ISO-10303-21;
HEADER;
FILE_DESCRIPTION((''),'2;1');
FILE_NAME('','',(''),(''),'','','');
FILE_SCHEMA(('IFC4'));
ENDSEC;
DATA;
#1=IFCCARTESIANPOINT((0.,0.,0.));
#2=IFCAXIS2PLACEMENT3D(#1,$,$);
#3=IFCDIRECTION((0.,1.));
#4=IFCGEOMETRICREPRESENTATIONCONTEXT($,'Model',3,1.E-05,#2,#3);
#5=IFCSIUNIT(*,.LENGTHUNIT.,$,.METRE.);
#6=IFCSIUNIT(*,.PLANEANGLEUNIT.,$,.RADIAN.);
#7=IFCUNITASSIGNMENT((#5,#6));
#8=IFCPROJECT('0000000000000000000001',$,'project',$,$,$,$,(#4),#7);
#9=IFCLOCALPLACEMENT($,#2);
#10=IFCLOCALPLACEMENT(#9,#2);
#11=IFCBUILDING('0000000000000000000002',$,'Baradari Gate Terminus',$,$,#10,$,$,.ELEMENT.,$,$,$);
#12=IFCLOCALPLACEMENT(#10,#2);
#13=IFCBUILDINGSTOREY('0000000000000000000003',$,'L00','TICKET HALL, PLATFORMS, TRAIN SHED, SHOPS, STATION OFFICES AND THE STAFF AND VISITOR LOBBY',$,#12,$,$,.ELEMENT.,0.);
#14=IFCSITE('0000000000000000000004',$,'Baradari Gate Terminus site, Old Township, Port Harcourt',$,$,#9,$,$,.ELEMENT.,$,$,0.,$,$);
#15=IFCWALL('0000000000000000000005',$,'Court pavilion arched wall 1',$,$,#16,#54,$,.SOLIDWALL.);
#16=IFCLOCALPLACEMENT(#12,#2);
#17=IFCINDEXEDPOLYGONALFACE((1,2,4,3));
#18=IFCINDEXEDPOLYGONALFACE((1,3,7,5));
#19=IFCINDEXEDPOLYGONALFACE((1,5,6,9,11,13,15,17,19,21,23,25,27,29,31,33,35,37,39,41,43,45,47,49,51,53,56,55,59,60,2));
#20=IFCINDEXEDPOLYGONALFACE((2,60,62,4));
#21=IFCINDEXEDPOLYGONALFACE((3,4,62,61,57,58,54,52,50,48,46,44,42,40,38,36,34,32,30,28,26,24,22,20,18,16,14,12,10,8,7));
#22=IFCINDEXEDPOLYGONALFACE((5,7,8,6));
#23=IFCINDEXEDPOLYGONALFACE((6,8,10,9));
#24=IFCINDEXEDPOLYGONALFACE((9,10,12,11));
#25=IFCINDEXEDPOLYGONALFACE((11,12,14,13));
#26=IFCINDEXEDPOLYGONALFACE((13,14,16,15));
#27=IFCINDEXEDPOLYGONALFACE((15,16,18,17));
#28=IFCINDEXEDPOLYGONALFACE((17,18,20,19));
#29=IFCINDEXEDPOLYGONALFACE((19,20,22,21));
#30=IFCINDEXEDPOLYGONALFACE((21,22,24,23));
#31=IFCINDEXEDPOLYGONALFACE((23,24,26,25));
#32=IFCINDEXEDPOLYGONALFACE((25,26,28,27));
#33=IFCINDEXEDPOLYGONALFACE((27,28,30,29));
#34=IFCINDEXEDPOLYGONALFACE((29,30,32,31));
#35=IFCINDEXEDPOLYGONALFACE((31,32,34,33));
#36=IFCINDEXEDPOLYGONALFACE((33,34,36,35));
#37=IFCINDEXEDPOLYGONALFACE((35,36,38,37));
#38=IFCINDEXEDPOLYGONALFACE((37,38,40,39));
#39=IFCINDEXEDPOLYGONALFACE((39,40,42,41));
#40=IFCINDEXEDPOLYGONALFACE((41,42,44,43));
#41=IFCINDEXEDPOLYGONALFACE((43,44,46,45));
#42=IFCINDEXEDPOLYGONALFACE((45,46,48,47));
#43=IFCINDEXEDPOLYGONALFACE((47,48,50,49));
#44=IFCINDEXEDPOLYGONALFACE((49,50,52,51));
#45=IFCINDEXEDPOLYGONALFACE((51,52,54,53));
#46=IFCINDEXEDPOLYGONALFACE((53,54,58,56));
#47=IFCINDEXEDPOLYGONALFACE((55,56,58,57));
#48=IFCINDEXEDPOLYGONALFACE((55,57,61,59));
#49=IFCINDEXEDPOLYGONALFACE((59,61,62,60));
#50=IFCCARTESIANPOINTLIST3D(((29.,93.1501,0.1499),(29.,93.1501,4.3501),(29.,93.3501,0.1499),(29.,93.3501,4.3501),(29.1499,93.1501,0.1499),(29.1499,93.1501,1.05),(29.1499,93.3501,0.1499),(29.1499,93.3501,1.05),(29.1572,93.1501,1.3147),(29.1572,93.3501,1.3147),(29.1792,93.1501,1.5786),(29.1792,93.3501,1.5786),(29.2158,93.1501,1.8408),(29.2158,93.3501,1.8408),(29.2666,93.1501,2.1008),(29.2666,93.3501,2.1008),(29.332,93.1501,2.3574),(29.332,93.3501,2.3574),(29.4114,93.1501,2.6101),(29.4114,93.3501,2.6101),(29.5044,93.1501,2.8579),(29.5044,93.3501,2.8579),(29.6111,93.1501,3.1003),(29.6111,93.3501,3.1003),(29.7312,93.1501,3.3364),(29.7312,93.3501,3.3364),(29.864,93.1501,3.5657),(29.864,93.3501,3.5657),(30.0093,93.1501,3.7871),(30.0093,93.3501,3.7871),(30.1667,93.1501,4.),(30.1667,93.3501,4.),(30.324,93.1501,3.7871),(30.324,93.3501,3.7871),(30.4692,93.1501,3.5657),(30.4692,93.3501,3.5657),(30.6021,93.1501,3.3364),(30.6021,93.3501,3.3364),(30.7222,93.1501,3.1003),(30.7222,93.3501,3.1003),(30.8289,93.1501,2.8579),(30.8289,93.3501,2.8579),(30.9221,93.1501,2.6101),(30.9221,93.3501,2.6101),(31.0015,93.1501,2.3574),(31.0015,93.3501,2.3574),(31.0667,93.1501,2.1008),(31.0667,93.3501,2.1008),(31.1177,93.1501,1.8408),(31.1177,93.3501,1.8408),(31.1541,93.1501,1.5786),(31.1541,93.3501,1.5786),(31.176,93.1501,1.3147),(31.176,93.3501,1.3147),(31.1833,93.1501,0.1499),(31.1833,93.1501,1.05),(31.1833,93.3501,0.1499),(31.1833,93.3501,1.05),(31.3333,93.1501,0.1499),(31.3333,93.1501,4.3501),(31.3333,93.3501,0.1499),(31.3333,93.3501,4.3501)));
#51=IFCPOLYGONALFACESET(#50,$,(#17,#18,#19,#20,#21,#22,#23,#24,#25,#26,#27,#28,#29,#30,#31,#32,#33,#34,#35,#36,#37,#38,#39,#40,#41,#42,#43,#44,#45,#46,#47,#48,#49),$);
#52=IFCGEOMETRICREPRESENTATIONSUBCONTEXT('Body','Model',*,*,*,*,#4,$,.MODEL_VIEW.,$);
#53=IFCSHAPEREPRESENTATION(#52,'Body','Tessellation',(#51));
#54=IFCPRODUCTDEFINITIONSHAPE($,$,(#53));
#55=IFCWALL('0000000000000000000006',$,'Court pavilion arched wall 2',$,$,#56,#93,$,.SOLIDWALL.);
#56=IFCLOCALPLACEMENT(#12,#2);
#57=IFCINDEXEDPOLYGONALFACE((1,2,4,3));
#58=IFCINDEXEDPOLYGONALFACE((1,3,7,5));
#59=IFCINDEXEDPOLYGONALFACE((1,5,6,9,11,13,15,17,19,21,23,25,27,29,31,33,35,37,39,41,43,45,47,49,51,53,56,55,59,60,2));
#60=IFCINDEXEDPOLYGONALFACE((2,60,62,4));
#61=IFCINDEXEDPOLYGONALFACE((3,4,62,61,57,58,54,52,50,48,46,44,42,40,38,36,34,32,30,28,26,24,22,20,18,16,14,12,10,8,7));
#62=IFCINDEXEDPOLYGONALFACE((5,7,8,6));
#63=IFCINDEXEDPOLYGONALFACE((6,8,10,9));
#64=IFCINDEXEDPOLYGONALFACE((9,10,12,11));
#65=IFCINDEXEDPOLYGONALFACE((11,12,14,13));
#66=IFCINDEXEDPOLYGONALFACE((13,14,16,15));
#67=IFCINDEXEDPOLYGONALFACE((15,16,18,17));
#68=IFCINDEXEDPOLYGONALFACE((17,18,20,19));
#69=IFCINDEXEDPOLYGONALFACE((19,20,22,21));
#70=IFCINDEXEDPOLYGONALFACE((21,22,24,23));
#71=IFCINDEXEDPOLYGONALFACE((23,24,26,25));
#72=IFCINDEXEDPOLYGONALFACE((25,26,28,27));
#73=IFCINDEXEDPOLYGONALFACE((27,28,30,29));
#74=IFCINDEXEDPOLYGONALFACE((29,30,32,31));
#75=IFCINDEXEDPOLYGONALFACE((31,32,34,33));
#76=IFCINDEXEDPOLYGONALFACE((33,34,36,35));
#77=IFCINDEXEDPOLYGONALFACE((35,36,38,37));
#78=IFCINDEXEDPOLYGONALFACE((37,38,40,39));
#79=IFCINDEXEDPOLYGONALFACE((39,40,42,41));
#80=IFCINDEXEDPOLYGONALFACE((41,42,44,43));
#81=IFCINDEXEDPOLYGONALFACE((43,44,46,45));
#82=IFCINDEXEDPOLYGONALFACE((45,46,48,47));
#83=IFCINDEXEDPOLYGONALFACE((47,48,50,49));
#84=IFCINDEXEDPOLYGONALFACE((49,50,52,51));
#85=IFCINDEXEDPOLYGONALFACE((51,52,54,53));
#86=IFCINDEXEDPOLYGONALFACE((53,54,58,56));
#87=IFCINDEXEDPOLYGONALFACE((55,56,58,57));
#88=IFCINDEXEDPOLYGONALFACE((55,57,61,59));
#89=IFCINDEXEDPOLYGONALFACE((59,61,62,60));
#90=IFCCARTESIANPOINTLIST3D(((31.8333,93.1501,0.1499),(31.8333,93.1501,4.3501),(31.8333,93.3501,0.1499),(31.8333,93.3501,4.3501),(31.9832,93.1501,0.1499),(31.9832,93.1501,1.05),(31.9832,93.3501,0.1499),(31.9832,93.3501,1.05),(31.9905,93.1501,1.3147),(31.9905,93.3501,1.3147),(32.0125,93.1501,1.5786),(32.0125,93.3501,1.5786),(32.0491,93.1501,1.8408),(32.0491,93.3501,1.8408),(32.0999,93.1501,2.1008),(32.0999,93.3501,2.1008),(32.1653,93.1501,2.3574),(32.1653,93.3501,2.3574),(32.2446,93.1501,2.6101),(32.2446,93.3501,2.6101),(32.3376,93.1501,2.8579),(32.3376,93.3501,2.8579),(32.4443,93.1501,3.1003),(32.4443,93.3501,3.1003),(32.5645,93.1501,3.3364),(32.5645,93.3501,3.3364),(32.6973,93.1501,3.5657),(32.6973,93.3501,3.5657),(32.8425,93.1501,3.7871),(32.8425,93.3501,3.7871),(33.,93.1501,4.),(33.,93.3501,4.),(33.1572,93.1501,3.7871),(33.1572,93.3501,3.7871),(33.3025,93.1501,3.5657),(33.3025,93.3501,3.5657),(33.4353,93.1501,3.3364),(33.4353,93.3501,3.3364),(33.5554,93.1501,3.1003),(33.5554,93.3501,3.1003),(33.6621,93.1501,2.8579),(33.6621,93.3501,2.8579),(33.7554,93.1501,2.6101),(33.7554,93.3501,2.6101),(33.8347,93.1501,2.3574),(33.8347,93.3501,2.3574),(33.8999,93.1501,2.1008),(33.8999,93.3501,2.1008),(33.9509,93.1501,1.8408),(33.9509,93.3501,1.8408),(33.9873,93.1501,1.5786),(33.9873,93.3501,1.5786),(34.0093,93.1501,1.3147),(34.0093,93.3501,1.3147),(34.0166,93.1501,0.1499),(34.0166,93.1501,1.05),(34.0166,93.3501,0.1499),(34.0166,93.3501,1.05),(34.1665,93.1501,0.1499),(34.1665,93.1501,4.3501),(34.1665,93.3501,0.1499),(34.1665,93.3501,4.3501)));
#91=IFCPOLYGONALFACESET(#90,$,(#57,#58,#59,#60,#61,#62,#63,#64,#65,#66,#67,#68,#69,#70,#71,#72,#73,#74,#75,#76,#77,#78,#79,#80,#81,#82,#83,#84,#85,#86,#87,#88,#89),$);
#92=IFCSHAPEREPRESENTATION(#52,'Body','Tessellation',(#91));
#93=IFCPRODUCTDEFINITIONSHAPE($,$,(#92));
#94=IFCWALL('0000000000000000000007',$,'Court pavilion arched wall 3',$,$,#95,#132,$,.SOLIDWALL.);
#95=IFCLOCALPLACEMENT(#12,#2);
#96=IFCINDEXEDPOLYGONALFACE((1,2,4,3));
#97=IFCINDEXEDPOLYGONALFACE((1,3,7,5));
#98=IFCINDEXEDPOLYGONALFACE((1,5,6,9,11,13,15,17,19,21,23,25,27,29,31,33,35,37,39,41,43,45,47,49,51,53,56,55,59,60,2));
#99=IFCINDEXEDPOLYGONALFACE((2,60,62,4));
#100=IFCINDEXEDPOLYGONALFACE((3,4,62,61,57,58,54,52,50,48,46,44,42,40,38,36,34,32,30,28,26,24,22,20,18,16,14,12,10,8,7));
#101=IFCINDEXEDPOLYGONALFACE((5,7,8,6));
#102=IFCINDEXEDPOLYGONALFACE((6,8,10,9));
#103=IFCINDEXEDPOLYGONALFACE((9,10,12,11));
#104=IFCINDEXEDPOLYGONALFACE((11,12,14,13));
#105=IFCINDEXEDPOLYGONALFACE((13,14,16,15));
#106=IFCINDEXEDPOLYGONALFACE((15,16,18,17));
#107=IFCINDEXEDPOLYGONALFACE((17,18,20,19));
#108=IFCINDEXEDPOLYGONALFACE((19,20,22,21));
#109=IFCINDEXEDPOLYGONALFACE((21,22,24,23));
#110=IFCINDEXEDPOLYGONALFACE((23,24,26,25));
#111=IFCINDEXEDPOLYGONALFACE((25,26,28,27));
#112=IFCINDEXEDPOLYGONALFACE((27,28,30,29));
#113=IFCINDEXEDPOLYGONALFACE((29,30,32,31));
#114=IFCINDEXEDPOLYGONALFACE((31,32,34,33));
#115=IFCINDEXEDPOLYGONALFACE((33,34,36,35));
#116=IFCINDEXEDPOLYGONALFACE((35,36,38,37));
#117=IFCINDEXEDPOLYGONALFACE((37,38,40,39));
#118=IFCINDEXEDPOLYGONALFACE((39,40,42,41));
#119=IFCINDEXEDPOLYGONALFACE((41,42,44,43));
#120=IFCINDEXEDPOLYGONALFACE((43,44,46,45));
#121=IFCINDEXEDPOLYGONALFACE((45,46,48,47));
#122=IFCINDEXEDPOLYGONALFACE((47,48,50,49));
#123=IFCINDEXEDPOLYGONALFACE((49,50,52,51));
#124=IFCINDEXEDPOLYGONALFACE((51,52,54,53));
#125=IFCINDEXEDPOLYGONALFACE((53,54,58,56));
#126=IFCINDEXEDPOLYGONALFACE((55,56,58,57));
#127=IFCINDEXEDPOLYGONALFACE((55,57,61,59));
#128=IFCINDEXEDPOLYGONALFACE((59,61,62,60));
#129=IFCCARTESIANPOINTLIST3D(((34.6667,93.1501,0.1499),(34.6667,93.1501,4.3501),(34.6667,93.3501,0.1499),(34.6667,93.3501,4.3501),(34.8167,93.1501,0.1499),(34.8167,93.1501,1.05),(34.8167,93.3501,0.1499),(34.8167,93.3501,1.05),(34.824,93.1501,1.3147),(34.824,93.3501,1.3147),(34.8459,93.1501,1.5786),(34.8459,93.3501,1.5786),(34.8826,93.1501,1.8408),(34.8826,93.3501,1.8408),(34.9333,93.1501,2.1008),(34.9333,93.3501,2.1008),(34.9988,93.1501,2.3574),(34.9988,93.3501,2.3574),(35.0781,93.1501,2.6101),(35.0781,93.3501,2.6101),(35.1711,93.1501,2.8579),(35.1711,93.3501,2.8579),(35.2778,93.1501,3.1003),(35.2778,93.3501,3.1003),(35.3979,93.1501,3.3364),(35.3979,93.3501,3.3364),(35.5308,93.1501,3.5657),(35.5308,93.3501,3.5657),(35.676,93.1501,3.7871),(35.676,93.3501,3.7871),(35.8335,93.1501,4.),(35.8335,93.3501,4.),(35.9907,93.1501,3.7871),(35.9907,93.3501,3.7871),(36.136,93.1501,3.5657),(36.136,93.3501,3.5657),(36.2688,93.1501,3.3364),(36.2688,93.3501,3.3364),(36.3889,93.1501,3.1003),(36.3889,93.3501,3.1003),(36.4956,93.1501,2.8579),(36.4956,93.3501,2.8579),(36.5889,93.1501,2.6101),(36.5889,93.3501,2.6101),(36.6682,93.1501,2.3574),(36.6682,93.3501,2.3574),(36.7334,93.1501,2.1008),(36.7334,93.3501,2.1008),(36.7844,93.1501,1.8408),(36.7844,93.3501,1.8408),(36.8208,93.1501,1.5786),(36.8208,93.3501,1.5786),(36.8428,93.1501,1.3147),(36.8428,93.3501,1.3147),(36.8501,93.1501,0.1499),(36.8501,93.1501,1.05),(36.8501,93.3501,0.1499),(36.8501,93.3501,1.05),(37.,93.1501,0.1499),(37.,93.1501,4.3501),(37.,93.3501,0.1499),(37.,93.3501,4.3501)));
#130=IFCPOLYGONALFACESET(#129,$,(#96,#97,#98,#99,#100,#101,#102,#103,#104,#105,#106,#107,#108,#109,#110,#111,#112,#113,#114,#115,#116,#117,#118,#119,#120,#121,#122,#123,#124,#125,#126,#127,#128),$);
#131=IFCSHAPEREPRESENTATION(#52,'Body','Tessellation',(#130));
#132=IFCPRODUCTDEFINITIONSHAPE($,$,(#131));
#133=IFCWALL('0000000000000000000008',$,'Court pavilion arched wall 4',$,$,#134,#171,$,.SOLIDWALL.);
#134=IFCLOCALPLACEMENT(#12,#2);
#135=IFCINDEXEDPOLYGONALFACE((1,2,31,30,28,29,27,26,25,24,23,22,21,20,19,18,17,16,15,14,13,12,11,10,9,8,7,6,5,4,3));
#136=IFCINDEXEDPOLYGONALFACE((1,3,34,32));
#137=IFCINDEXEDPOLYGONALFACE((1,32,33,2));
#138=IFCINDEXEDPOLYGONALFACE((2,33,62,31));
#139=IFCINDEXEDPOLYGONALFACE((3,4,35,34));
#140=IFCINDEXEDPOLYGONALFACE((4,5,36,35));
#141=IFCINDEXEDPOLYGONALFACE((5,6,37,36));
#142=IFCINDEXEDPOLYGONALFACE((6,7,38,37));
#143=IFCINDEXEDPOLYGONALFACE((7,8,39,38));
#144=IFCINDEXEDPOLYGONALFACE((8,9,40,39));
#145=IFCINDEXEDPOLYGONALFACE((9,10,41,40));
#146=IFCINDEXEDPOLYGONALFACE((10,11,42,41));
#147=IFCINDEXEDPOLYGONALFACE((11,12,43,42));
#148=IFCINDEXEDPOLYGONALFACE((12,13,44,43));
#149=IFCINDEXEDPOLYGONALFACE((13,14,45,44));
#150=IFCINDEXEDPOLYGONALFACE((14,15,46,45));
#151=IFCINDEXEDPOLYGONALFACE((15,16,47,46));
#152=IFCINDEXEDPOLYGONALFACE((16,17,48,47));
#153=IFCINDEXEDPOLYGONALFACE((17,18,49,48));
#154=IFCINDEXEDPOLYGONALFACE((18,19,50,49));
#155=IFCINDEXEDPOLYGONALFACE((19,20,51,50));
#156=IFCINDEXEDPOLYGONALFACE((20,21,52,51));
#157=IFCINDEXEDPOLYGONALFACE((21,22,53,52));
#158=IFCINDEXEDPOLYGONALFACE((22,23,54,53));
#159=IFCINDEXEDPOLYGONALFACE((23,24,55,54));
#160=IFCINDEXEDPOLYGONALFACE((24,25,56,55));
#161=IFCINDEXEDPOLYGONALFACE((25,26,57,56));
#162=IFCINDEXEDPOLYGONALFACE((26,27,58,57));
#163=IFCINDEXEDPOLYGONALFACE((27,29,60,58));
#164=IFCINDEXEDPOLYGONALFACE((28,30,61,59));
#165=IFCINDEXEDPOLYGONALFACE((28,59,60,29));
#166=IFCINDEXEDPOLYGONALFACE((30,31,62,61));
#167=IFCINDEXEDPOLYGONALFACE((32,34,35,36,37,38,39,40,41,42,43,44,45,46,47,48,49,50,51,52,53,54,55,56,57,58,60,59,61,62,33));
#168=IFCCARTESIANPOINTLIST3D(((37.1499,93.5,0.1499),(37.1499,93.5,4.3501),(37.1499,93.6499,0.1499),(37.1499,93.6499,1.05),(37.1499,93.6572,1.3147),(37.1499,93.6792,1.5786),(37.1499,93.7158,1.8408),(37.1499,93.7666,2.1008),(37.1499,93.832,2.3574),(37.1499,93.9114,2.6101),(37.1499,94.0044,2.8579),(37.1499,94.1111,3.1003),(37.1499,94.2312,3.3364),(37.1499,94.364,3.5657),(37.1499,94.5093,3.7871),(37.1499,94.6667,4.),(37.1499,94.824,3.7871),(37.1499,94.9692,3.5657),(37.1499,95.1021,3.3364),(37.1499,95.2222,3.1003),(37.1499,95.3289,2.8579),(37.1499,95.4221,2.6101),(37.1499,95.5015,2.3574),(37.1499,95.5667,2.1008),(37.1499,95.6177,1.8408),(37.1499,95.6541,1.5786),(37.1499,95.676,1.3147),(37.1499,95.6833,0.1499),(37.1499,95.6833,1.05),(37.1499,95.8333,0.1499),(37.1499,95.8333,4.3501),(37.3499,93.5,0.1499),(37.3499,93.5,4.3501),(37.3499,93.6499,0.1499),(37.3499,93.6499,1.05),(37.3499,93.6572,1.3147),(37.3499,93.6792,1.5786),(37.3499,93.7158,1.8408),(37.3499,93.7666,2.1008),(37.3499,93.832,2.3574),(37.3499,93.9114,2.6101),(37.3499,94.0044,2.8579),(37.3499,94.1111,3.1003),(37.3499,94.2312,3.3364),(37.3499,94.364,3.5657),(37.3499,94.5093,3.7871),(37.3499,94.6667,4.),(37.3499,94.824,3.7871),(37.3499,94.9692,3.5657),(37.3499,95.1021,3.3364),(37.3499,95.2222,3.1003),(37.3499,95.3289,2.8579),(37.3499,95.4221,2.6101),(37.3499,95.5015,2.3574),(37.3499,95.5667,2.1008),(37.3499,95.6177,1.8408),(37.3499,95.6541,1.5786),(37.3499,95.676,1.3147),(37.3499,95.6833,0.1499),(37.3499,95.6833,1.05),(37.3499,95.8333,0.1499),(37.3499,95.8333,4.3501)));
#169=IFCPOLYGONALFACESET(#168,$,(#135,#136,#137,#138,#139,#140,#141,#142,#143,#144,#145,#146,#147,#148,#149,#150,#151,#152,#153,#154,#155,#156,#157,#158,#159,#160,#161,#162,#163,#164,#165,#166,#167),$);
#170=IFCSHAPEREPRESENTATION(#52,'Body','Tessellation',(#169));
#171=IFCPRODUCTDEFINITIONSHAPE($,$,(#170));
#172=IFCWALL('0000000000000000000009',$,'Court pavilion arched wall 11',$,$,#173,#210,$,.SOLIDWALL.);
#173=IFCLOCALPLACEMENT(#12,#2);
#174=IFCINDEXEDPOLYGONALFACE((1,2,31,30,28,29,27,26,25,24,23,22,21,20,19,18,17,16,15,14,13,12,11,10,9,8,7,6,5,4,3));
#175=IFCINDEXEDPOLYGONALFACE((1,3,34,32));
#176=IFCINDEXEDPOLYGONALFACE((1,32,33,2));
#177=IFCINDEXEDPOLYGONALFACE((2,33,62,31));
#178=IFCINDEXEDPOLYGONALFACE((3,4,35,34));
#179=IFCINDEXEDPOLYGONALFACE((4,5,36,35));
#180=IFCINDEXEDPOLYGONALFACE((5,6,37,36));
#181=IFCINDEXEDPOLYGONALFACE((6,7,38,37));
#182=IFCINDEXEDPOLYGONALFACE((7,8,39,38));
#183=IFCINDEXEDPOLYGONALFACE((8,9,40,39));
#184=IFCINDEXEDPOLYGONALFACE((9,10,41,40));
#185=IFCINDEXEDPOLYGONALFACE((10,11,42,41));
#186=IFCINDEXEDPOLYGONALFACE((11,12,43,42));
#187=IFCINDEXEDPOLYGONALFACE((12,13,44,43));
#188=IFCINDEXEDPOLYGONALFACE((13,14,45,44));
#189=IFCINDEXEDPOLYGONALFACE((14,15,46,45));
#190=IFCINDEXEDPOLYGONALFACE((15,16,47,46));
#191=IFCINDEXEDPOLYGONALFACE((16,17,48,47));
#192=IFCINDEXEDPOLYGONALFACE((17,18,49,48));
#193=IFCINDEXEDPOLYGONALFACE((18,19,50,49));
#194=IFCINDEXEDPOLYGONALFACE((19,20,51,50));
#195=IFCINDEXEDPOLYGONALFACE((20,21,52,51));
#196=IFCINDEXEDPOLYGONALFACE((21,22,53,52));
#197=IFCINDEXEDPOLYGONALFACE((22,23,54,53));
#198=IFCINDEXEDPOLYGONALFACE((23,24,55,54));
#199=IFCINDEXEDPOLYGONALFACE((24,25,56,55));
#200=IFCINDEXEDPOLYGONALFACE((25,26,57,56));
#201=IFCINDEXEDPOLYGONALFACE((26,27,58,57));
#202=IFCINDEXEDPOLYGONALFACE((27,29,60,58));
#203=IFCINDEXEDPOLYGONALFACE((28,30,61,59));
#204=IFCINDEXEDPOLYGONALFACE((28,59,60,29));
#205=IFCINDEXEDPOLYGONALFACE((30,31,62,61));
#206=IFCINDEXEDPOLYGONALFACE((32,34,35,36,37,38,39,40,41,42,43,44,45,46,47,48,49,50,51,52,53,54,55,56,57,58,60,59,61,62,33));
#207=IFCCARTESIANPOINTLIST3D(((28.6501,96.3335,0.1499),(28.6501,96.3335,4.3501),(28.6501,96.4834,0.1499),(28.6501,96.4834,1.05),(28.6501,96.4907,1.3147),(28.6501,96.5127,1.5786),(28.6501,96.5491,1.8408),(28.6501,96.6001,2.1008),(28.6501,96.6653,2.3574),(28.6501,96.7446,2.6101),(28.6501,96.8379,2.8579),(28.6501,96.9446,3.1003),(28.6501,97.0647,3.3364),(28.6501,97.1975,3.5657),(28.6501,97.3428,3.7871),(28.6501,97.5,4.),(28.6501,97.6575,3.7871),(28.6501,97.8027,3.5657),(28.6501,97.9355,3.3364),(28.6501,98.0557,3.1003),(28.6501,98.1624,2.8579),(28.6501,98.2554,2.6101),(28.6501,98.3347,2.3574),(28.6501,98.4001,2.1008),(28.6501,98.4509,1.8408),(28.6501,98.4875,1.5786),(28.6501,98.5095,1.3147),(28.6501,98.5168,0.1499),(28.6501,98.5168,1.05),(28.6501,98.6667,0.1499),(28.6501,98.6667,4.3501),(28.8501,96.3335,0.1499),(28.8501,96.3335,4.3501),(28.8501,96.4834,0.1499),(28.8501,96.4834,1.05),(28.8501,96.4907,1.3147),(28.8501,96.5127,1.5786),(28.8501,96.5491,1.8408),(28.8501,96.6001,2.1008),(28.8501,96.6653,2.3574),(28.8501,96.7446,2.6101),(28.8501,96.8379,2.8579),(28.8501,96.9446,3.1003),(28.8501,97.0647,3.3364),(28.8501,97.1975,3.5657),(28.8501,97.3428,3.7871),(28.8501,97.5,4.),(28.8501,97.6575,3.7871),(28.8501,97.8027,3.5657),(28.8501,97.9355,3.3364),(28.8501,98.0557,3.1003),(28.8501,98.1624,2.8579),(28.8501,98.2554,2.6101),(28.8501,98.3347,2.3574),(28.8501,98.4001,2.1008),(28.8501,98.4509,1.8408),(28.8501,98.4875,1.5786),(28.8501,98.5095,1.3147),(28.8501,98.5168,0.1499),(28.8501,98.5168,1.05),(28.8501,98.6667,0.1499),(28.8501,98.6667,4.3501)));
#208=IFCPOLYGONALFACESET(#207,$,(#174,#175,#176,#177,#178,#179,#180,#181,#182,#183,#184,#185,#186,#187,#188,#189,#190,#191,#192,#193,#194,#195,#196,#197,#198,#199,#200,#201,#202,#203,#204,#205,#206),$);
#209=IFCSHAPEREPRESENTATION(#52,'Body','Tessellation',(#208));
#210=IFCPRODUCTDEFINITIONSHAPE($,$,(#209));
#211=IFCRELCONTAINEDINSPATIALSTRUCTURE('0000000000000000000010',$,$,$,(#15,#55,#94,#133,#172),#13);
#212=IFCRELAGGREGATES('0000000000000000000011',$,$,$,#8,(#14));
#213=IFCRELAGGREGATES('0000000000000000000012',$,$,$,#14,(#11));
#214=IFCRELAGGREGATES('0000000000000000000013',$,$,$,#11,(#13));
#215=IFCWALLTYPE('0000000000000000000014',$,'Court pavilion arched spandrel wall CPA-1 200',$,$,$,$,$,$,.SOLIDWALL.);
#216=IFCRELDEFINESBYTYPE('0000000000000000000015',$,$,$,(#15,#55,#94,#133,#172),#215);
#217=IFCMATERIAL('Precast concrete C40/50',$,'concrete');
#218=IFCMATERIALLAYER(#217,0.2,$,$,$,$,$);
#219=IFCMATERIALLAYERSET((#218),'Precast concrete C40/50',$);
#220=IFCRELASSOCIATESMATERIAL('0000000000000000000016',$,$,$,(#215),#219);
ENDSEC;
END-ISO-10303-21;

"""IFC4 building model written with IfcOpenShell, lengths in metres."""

from ifc_helpers import new_model, si_unit, direction, frame, origin, place, context, subcontext, project, spatial, polyline, outline, extrude, material, layer, layer_set, type_object, element, save


model = new_model("IFC4")

# Units and contexts
model_context = context("Model", 3, precision=1e-05, world=origin(), true_north=direction((0.0, 1.0)))
body_context = subcontext(model_context, "Body", "Model", "MODEL_VIEW")
ifc_project = project(units=[si_unit("LENGTHUNIT", "METRE"), si_unit("PLANEANGLEUNIT", "RADIAN")], contexts=[model_context])

# Site, building, storey
site_placement = place(None, origin())
site = spatial("IfcSite", under=ifc_project, at=site_placement, Name="Baradari Gate Terminus site, Old Township, Port Harcourt", CompositionType="ELEMENT", RefElevation=0.0)
building_placement = place(site_placement, origin())
building = spatial("IfcBuilding", under=site, at=building_placement, Name="Baradari Gate Terminus", CompositionType="ELEMENT")
storey_placement = place(building_placement, origin())
storey = spatial("IfcBuildingStorey", under=building, at=storey_placement, Name="L00", Description="TICKET HALL, PLATFORMS, TRAIN SHED, SHOPS, STATION OFFICES AND THE STAFF AND VISITOR LOBBY", CompositionType="ELEMENT", Elevation=0.0)

# Walls
ifc_material_1 = material(Name="Precast concrete C40/50", Category="concrete")
ifc_layer_1 = layer(ifc_material_1, 0.2)
ifc_layer_set_1 = layer_set([ifc_layer_1], Name="Precast concrete C40/50")
wall_type_1 = type_object("IfcWallType", Name="Court pavilion arched spandrel wall CPA-1 200", PredefinedType="SOLIDWALL", material=ifc_layer_set_1)
for number, where, z_axis, x_axis, name in (
    (1, (29.0, 93.25, 0.1499), (0.0, 0.0, 1.0), (1.0, 0.0, 0.0), "Court pavilion arched wall 1"),
    (2, (31.8333, 93.25, 0.1499), (0.0, 0.0, 1.0), (1.0, 0.0, 0.0), "Court pavilion arched wall 2"),
    (3, (34.6667, 93.25, 0.1499), (0.0, 0.0, 1.0), (1.0, 0.0, 0.0), "Court pavilion arched wall 3"),
    (4, (37.25, 93.5, 0.1499), (0.0, 0.0, 1.0), (0.0, 1.0, 0.0), "Court pavilion arched wall 4"),
    (5, (28.75, 98.6667, 0.1499), (0.0, 0.0, 1.0), (0.0, -1.0, 0.0), "Court pavilion arched wall 11"),
):
    element("IfcWall", number, at=place(storey_placement, frame(where, z_axis=z_axis, x_axis=x_axis)), inside=storey, type_object=wall_type_1, Name=name, PredefinedType="SOLIDWALL", context=body_context, shape_type="SweptSolid", body=[
        extrude(outline(polyline([(0.1499, 0.0), (0.1499, 0.9001), (0.1572, 1.1648), (0.1792, 1.4287), (0.2158, 1.6909), (0.2666, 1.9509), (0.332, 2.2075), (0.4114, 2.4602), (0.5044, 2.708), (0.6111, 2.9504), (0.7312, 3.1865), (0.864, 3.4158), (1.0093, 3.6372), (1.1667, 3.8501), (1.324, 3.6372), (1.4692, 3.4158), (1.6021, 3.1865), (1.7222, 2.9504), (1.8289, 2.708), (1.9221, 2.4602), (2.0015, 2.2075), (2.0667, 1.9509), (2.1177, 1.6909), (2.1541, 1.4287), (2.176, 1.1648), (2.1833, 0.9001), (2.1833, 0.0), (2.3333, 0.0), (2.3333, 4.2002), (0.0, 4.2002), (0.0, 0.0), (0.1499, 0.0)])), frame((0.0, 0.1001, 0.0), z_axis=(0.0, -1.0, 0.0), x_axis=(1.0, 0.0, 0.0)), (0.0, 0.0, 1.0), 0.2),
    ])

save(model, "model.ifc")
